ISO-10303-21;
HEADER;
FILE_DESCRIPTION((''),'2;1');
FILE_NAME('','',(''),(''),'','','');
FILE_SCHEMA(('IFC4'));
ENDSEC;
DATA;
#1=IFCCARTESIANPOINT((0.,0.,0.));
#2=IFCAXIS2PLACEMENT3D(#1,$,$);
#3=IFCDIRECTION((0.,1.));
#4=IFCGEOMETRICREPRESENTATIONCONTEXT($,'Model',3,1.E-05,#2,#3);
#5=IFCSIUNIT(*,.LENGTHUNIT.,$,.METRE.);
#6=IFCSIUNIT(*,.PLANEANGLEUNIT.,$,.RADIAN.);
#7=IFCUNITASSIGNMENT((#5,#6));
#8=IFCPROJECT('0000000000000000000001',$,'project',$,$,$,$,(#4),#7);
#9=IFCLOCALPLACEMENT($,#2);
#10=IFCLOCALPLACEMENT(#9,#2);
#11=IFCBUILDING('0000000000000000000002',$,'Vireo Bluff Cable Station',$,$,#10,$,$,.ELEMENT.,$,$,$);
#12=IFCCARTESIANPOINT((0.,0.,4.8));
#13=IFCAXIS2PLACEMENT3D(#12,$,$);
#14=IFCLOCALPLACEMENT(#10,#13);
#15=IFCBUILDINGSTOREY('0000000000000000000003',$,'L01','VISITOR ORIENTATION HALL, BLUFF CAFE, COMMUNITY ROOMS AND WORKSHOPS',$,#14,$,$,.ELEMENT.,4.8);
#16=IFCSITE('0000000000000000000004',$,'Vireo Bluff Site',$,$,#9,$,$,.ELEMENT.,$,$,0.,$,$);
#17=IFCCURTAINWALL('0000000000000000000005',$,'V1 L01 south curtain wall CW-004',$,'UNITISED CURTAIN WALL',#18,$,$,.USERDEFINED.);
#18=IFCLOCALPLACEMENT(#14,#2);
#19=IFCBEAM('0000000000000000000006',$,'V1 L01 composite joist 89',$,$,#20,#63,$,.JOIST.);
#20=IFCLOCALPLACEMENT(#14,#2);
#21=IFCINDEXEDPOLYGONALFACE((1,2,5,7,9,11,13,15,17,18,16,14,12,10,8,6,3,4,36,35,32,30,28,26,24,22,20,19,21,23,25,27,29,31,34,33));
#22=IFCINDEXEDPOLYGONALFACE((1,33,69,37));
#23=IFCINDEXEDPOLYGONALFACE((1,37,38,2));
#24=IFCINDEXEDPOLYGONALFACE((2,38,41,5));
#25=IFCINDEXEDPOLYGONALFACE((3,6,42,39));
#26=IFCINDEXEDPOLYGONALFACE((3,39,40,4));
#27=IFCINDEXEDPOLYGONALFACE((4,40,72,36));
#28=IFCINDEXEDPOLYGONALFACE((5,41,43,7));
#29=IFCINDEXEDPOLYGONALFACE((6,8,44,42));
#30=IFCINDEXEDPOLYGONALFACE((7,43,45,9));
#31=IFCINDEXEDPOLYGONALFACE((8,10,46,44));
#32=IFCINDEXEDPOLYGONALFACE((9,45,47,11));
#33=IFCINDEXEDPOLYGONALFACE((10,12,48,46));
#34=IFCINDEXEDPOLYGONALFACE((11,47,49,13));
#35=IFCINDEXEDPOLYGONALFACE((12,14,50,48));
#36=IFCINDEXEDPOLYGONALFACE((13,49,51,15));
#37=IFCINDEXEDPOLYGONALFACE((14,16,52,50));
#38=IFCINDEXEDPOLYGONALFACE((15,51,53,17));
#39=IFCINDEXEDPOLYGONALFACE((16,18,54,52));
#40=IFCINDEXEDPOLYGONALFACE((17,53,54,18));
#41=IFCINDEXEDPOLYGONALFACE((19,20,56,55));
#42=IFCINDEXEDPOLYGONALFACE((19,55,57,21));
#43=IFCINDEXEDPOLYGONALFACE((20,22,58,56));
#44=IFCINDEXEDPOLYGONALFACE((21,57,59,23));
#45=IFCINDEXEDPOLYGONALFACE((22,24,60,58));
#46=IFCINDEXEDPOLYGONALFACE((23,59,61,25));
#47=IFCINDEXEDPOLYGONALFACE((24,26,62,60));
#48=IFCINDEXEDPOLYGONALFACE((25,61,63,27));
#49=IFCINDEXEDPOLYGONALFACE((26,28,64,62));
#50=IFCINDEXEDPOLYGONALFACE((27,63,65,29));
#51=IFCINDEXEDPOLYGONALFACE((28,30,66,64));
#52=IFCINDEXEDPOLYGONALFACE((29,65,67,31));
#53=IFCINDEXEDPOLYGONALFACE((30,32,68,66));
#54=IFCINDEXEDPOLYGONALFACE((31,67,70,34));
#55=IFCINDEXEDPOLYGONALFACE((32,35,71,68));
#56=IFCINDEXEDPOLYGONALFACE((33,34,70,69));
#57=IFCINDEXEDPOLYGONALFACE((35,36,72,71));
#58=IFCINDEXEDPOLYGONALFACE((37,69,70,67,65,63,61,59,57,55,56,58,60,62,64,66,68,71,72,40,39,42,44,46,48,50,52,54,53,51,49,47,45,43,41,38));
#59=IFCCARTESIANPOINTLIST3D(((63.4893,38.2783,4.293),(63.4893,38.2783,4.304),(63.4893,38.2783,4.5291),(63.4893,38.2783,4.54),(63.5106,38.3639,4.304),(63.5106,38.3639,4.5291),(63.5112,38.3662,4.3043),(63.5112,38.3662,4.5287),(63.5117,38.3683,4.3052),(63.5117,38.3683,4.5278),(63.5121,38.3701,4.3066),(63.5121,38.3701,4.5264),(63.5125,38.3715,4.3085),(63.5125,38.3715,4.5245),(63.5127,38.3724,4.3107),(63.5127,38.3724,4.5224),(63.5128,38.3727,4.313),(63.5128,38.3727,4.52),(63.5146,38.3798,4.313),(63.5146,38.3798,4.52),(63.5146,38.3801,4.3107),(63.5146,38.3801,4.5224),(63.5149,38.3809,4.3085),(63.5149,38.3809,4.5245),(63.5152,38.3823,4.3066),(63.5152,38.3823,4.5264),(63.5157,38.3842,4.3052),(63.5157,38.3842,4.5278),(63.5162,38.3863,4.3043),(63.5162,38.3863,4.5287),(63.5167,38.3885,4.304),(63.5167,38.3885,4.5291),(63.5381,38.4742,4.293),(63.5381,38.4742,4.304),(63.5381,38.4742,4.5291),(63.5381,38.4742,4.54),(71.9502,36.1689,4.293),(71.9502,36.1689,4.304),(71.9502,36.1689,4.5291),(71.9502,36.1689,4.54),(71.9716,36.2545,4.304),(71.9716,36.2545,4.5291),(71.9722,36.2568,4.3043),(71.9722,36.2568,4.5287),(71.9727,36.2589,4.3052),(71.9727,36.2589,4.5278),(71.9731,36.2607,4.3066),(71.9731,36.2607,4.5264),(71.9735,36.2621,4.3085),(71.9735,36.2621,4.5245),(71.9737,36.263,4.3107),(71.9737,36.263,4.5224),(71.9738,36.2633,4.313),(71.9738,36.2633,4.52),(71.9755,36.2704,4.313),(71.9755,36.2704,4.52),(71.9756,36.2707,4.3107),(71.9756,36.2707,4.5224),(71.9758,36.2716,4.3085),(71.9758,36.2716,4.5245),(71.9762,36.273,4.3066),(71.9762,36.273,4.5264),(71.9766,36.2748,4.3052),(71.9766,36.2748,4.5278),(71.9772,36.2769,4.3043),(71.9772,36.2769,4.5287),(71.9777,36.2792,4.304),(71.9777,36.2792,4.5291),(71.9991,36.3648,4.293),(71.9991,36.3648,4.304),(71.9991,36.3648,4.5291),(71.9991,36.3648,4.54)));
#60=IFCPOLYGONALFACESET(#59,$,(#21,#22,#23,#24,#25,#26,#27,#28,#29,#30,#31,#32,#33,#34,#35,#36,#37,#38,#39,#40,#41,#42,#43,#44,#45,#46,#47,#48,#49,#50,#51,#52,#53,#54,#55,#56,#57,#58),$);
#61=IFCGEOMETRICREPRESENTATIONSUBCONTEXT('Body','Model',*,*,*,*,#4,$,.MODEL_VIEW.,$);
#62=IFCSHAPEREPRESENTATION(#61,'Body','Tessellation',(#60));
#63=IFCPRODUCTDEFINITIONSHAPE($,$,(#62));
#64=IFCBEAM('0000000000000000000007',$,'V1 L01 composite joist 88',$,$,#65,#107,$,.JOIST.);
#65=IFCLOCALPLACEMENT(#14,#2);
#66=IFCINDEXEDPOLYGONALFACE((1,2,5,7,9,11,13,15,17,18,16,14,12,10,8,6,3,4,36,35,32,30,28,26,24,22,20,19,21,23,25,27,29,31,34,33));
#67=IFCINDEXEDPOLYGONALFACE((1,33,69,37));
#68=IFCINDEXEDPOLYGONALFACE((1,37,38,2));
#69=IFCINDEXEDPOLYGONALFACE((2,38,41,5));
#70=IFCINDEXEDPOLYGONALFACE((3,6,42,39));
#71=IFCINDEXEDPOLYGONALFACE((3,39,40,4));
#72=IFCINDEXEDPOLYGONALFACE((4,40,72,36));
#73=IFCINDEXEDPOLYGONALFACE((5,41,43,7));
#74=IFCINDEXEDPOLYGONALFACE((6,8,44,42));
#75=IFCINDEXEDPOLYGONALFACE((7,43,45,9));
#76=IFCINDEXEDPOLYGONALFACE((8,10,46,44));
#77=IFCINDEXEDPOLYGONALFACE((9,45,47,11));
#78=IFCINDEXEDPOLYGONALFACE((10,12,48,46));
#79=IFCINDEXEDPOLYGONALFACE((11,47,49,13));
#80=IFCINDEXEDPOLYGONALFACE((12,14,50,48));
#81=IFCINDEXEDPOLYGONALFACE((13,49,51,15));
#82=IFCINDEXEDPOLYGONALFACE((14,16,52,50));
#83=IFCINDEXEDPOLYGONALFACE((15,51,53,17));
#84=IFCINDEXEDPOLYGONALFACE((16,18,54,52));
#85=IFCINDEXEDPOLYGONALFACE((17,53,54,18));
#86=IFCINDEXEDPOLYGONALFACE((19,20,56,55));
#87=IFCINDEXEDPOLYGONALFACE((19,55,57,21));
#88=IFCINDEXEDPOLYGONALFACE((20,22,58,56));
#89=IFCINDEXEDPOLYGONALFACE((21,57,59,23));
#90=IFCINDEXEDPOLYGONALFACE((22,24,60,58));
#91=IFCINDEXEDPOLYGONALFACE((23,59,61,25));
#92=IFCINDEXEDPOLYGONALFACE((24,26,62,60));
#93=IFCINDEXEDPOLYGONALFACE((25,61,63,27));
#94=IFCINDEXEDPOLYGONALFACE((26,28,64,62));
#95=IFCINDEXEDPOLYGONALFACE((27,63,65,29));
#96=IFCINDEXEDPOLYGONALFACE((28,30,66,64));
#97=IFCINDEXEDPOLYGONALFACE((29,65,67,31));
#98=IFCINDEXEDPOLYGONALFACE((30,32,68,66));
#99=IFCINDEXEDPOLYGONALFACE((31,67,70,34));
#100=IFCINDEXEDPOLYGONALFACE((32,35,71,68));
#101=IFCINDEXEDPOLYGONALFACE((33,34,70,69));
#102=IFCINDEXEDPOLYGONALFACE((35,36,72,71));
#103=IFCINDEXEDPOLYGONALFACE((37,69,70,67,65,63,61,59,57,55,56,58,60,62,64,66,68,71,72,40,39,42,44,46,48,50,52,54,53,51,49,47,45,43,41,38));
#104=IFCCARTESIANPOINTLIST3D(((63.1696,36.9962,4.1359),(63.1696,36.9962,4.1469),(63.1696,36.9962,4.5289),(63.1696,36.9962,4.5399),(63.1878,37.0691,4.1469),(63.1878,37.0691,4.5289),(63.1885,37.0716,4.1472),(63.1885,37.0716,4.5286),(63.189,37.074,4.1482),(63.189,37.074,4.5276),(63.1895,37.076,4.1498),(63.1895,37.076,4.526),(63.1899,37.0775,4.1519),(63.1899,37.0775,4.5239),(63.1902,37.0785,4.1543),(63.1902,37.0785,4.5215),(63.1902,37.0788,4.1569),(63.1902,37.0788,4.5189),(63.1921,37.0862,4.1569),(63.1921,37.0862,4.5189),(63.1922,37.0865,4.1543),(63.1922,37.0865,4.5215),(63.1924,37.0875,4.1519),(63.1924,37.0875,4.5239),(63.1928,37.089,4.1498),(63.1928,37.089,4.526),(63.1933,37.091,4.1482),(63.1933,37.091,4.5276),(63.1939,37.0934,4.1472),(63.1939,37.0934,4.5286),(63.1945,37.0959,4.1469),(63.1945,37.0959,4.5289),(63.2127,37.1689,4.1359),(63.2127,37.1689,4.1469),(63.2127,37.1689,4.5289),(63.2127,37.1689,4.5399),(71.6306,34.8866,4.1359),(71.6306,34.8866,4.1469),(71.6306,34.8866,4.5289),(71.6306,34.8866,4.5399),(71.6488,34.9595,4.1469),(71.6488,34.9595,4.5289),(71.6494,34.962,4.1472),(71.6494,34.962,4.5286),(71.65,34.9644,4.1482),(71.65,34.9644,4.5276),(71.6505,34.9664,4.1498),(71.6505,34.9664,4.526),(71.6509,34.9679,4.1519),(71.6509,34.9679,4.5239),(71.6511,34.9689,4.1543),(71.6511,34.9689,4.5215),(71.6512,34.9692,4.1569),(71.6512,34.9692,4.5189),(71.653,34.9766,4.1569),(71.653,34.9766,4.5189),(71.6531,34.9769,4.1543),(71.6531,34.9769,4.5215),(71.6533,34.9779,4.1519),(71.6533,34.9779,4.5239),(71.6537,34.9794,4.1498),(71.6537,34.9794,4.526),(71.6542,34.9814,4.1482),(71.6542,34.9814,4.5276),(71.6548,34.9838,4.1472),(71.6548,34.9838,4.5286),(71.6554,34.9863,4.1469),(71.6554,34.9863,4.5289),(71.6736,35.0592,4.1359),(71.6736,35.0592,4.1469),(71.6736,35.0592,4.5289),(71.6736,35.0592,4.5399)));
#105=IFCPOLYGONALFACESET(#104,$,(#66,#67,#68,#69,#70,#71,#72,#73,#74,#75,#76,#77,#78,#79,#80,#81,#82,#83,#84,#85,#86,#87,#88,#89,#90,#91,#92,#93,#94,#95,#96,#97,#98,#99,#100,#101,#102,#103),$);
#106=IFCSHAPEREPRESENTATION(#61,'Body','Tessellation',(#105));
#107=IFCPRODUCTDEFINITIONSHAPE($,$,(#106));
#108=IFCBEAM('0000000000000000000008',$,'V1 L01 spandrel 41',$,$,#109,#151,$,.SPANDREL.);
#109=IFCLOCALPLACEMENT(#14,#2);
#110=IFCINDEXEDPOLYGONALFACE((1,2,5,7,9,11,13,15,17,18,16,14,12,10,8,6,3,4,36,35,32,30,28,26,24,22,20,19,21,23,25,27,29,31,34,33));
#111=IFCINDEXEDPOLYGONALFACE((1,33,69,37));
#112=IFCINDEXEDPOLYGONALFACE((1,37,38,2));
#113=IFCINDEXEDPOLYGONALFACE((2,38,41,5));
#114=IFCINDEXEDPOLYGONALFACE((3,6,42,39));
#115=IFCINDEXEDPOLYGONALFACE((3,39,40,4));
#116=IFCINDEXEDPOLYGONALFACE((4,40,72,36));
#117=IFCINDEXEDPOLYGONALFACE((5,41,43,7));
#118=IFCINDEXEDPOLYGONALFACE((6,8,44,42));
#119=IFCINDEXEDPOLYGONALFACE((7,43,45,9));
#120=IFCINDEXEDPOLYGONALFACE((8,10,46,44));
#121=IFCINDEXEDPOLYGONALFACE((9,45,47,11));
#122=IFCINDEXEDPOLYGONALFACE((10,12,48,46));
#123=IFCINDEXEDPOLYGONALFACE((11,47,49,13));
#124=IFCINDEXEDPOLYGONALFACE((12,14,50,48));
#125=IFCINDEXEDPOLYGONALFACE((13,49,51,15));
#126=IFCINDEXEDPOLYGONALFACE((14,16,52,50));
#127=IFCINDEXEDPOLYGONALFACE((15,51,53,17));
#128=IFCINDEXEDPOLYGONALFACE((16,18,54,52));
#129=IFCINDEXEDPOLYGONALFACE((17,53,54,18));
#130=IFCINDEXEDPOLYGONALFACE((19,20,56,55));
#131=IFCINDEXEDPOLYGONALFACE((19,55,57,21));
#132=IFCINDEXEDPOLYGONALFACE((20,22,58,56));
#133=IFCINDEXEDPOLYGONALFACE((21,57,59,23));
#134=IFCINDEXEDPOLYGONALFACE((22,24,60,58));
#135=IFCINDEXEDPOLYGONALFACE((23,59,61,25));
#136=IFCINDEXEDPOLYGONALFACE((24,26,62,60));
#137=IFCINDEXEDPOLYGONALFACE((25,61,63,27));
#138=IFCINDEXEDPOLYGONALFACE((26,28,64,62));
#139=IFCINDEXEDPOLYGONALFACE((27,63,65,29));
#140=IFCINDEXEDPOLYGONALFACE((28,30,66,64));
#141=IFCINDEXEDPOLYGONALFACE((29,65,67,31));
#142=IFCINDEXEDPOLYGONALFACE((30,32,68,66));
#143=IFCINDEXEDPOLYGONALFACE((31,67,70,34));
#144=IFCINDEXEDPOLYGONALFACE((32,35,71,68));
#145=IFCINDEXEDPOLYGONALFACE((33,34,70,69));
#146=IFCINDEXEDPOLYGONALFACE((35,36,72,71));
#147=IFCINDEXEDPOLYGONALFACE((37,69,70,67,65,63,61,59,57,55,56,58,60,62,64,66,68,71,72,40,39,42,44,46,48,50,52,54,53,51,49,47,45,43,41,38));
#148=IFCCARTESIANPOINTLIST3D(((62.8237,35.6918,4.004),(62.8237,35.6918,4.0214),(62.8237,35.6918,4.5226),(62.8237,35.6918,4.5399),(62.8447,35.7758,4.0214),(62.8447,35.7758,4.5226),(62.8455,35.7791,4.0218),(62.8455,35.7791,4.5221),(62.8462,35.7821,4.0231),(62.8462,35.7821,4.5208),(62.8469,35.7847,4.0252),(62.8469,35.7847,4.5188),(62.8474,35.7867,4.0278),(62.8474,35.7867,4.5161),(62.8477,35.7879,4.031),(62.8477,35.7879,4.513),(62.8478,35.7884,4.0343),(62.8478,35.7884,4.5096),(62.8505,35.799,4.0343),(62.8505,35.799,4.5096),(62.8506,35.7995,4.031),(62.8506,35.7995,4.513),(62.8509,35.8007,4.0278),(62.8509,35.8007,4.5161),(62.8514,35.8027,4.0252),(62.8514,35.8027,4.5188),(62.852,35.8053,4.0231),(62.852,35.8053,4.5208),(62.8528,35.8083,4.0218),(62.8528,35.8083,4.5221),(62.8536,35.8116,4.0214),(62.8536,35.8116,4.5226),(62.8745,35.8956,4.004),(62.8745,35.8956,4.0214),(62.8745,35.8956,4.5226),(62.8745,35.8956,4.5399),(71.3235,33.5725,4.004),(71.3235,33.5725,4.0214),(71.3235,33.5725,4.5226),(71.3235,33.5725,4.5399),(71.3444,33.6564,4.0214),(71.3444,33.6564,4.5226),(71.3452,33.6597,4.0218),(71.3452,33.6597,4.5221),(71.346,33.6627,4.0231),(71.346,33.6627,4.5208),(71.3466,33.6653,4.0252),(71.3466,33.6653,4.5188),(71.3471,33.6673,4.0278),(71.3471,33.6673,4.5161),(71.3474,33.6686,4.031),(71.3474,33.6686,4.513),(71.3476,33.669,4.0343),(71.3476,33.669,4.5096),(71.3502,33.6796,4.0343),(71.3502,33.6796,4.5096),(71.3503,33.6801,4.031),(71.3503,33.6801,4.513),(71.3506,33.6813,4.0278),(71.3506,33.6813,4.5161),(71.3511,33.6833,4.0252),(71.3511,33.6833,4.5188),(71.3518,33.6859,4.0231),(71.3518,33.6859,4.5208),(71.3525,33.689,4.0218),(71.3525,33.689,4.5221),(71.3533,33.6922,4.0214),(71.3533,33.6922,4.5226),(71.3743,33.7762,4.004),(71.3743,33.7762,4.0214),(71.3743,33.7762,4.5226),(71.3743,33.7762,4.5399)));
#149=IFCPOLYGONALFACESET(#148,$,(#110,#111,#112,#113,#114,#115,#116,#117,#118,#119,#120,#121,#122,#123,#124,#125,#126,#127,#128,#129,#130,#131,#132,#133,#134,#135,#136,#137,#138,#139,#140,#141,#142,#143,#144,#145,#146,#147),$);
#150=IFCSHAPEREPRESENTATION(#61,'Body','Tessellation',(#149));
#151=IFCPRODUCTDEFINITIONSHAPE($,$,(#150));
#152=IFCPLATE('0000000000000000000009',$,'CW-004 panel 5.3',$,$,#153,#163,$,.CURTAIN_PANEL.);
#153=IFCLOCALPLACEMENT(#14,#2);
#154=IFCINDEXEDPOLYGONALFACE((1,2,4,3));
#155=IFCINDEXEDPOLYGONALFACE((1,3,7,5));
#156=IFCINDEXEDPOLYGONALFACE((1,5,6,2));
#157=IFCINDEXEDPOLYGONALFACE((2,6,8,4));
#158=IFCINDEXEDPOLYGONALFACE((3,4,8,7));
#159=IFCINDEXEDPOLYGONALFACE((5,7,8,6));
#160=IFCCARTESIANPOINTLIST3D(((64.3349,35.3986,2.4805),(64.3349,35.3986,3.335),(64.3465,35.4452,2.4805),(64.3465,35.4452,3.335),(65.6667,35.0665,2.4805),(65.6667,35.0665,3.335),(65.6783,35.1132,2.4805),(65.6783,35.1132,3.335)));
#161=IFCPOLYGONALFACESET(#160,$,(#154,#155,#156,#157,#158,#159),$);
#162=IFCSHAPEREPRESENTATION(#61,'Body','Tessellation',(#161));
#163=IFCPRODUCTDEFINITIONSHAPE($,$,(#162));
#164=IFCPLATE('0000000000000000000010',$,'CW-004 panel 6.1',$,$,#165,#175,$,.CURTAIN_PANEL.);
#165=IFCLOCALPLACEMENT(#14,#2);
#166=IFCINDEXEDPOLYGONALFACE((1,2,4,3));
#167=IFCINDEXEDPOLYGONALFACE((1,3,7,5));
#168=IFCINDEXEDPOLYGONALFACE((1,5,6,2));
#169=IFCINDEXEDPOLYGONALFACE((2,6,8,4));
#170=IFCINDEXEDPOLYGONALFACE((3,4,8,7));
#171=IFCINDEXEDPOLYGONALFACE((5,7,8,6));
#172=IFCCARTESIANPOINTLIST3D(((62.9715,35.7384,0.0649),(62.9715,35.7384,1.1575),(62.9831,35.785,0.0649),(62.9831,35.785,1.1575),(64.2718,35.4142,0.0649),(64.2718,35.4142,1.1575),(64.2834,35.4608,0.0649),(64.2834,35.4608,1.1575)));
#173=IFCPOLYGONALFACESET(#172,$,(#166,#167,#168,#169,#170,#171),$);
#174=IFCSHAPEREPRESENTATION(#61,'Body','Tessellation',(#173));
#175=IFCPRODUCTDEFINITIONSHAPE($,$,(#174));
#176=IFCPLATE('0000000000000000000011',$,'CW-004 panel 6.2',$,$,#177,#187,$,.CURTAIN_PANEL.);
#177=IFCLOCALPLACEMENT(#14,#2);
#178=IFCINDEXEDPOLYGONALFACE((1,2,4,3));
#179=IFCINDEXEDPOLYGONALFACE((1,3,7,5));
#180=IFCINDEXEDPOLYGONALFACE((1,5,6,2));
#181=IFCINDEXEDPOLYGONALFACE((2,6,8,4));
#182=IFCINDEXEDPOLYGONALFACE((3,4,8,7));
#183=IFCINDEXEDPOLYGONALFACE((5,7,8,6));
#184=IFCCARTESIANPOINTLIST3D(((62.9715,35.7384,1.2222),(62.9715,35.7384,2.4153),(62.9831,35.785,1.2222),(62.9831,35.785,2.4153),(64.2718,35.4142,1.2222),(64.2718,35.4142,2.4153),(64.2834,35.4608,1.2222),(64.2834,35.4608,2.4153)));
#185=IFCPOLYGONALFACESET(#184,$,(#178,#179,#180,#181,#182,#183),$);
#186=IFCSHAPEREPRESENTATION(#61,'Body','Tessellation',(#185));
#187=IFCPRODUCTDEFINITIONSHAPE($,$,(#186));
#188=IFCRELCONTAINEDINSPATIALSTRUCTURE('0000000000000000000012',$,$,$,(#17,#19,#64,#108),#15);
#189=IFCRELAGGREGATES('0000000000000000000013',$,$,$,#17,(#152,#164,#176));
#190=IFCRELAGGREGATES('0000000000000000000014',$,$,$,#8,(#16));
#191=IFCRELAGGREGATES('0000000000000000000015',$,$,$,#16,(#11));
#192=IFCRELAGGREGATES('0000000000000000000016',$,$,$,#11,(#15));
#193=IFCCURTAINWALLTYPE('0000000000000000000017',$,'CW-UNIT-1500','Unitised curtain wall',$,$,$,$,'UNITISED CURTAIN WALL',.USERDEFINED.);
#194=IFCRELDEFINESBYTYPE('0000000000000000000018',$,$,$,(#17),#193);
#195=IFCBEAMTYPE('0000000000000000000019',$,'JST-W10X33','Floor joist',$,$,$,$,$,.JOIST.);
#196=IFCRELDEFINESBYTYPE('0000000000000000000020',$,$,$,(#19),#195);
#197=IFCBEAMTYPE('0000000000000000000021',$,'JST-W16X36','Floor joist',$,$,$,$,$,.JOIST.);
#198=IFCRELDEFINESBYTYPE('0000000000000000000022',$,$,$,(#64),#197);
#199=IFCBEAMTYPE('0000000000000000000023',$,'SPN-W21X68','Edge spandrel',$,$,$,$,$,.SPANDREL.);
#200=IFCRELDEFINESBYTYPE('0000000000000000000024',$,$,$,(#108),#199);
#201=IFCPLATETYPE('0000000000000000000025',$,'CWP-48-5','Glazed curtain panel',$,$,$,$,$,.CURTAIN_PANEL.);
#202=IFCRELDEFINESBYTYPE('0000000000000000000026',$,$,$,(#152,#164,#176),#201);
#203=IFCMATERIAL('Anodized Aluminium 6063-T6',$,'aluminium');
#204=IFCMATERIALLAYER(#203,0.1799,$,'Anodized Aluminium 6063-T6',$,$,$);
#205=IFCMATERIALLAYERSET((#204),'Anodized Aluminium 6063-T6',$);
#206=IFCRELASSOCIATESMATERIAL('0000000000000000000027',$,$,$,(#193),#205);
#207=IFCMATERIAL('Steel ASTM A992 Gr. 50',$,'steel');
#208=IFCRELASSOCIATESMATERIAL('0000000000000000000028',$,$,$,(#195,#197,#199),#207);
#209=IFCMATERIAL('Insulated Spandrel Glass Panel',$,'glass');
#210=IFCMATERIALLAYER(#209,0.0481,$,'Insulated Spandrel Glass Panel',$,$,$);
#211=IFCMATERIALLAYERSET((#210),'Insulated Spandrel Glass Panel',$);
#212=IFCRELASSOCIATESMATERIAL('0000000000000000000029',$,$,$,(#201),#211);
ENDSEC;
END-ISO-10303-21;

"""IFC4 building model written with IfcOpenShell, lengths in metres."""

from ifc_helpers import new_model, si_unit, direction, frame, origin, origin_2d, place, context, subcontext, project, spatial, rectangle, i_section, extrude, material, layer, layer_set, material_profile, profile_set, type_object, element, aggregate, save


model = new_model("IFC4")

# Units and contexts
model_context = context("Model", 3, precision=1e-05, world=origin(), true_north=direction((0.0, 1.0)))
body_context = subcontext(model_context, "Body", "Model", "MODEL_VIEW")
ifc_project = project(units=[si_unit("LENGTHUNIT", "METRE"), si_unit("PLANEANGLEUNIT", "RADIAN")], contexts=[model_context])

# Site, building, storey
site_placement = place(None, origin())
site = spatial("IfcSite", under=ifc_project, at=site_placement, Name="Vireo Bluff Site", CompositionType="ELEMENT", RefElevation=0.0)
building_placement = place(site_placement, origin())
building = spatial("IfcBuilding", under=site, at=building_placement, Name="Vireo Bluff Cable Station", CompositionType="ELEMENT")
storey_placement = place(building_placement, frame((0.0, 0.0, 4.8)))
storey = spatial("IfcBuildingStorey", under=building, at=storey_placement, Name="L01", Description="VISITOR ORIENTATION HALL, BLUFF CAFE, COMMUNITY ROOMS AND WORKSHOPS", CompositionType="ELEMENT", Elevation=4.8)

# Shared definitions
ifc_material_1 = material(Name="Steel ASTM A992 Gr. 50", Category="steel")

# Curtain wall
ifc_material_2 = material(Name="Anodized Aluminium 6063-T6", Category="aluminium")
ifc_layer_1 = layer(ifc_material_2, 0.1799, Name="Anodized Aluminium 6063-T6")
ifc_layer_set_1 = layer_set([ifc_layer_1], Name="Anodized Aluminium 6063-T6")
curtain_wall_type = type_object("IfcCurtainWallType", Name="CW-UNIT-1500", Description="Unitised curtain wall", ElementType="UNITISED CURTAIN WALL", PredefinedType="USERDEFINED", material=ifc_layer_set_1)
curtain_wall_placement = place(storey_placement, origin())
curtain_wall = element("IfcCurtainWall", 1, at=curtain_wall_placement, inside=storey, type_object=curtain_wall_type, Name="V1 L01 south curtain wall CW-004", ObjectType="UNITISED CURTAIN WALL", PredefinedType="USERDEFINED")

# Beams
ifc_material_profile_1 = material_profile(ifc_material_1, i_section(OverallWidth=0.2019, OverallDepth=0.2471, WebThickness=0.0073, FlangeThickness=0.011, FilletRadius=0.009, at=origin_2d()), Name="W10X33")
ifc_profile_set_1 = profile_set([ifc_material_profile_1], Name="Steel ASTM A992 Gr. 50")
beam_type_1 = type_object("IfcBeamType", Name="JST-W10X33", Description="Floor joist", PredefinedType="JOIST", material=ifc_profile_set_1)
beam_1_placement = place(storey_placement, frame((63.5137, 38.3762, 4.4165), z_axis=(0.9703, -0.241903, 0.0), x_axis=(0.241903, 0.9703, 0.0)))
element("IfcBeam", 2, at=beam_1_placement, inside=storey, type_object=beam_type_1, Name="V1 L01 composite joist 89", PredefinedType="JOIST", context=body_context, shape_type="SweptSolid", body=[
    extrude(i_section(OverallWidth=0.2019, OverallDepth=0.2471, WebThickness=0.0073, FlangeThickness=0.011, FilletRadius=0.009, at=origin_2d()), origin(), (0.0, 0.0, 1.0), 8.72),
])
ifc_material_profile_2 = material_profile(ifc_material_1, i_section(OverallWidth=0.178, OverallDepth=0.4041, WebThickness=0.0076, FlangeThickness=0.011, FilletRadius=0.01, at=origin_2d()), Name="W16X36")
ifc_profile_set_2 = profile_set([ifc_material_profile_2], Name="Steel ASTM A992 Gr. 50")
beam_type_2 = type_object("IfcBeamType", Name="JST-W16X36", Description="Floor joist", PredefinedType="JOIST", material=ifc_profile_set_2)
beam_2_placement = place(storey_placement, frame((63.1912, 37.0825, 4.3379), z_axis=(0.970294, -0.24193, 0.0), x_axis=(0.24193, 0.970294, 0.0)))
element("IfcBeam", 3, at=beam_2_placement, inside=storey, type_object=beam_type_2, Name="V1 L01 composite joist 88", PredefinedType="JOIST", context=body_context, shape_type="SweptSolid", body=[
    extrude(i_section(OverallWidth=0.178, OverallDepth=0.4041, WebThickness=0.0076, FlangeThickness=0.011, FilletRadius=0.01, at=origin_2d()), origin(), (0.0, 0.0, 1.0), 8.72),
])
ifc_material_profile_3 = material_profile(ifc_material_1, i_section(OverallWidth=0.21, OverallDepth=0.5359, WebThickness=0.011, FlangeThickness=0.0173, FilletRadius=0.0129, at=origin_2d()), Name="W21X68")
ifc_profile_set_3 = profile_set([ifc_material_profile_3], Name="Steel ASTM A992 Gr. 50")
beam_type_3 = type_object("IfcBeamType", Name="SPN-W21X68", Description="Edge spandrel", PredefinedType="SPANDREL", material=ifc_profile_set_3)
beam_3_placement = place(storey_placement, frame((62.8491, 35.7937, 4.272), z_axis=(0.970292, -0.241939, 0.0), x_axis=(0.241939, 0.970292, 0.0)))
element("IfcBeam", 4, at=beam_3_placement, inside=storey, type_object=beam_type_3, Name="V1 L01 spandrel 41", PredefinedType="SPANDREL", context=body_context, shape_type="SweptSolid", body=[
    extrude(i_section(OverallWidth=0.21, OverallDepth=0.5359, WebThickness=0.011, FlangeThickness=0.0173, FilletRadius=0.0129, at=origin_2d()), origin(), (0.0, 0.0, 1.0), 8.76),
])

# Plates
ifc_material_3 = material(Name="Insulated Spandrel Glass Panel", Category="glass")
ifc_layer_2 = layer(ifc_material_3, 0.0481, Name="Insulated Spandrel Glass Panel")
ifc_layer_set_2 = layer_set([ifc_layer_2], Name="Insulated Spandrel Glass Panel")
plate_type = type_object("IfcPlateType", Name="CWP-48-5", Description="Glazed curtain panel", PredefinedType="CURTAIN_PANEL", material=ifc_layer_set_2)
plate_1_placement = place(storey_placement, frame((65.0066, 35.2559, 2.4805), z_axis=(0.0, 0.0, 1.0), x_axis=(-0.970296, 0.241922, 0.0)))
plate_1 = element("IfcPlate", 5, at=plate_1_placement, type_object=plate_type, Name="CW-004 panel 5.3", PredefinedType="CURTAIN_PANEL", context=body_context, shape_type="SweptSolid", body=[
    extrude(rectangle(XDim=1.3726, YDim=0.0481, at=origin_2d()), origin(), (0.0, 0.0, 1.0), 0.8545),
])
plate_2_placement = place(storey_placement, frame((63.6274, 35.5996, 0.0649), z_axis=(0.0, 0.0, 1.0), x_axis=(-0.970296, 0.241922, 0.0)))
plate_2 = element("IfcPlate", 6, at=plate_2_placement, type_object=plate_type, Name="CW-004 panel 6.1", PredefinedType="CURTAIN_PANEL", context=body_context, shape_type="SweptSolid", body=[
    extrude(rectangle(XDim=1.3401, YDim=0.0481, at=origin_2d()), origin(), (0.0, 0.0, 1.0), 1.0925),
])
plate_3_placement = place(storey_placement, frame((63.6274, 35.5996, 1.2222), z_axis=(0.0, 0.0, 1.0), x_axis=(-0.970296, 0.241922, 0.0)))
plate_3 = element("IfcPlate", 7, at=plate_3_placement, type_object=plate_type, Name="CW-004 panel 6.2", PredefinedType="CURTAIN_PANEL", context=body_context, shape_type="SweptSolid", body=[
    extrude(rectangle(XDim=1.3401, YDim=0.0481, at=origin_2d()), origin(), (0.0, 0.0, 1.0), 1.1931),
])
aggregate(curtain_wall, [plate_1, plate_2, plate_3])

save(model, "model.ifc")
